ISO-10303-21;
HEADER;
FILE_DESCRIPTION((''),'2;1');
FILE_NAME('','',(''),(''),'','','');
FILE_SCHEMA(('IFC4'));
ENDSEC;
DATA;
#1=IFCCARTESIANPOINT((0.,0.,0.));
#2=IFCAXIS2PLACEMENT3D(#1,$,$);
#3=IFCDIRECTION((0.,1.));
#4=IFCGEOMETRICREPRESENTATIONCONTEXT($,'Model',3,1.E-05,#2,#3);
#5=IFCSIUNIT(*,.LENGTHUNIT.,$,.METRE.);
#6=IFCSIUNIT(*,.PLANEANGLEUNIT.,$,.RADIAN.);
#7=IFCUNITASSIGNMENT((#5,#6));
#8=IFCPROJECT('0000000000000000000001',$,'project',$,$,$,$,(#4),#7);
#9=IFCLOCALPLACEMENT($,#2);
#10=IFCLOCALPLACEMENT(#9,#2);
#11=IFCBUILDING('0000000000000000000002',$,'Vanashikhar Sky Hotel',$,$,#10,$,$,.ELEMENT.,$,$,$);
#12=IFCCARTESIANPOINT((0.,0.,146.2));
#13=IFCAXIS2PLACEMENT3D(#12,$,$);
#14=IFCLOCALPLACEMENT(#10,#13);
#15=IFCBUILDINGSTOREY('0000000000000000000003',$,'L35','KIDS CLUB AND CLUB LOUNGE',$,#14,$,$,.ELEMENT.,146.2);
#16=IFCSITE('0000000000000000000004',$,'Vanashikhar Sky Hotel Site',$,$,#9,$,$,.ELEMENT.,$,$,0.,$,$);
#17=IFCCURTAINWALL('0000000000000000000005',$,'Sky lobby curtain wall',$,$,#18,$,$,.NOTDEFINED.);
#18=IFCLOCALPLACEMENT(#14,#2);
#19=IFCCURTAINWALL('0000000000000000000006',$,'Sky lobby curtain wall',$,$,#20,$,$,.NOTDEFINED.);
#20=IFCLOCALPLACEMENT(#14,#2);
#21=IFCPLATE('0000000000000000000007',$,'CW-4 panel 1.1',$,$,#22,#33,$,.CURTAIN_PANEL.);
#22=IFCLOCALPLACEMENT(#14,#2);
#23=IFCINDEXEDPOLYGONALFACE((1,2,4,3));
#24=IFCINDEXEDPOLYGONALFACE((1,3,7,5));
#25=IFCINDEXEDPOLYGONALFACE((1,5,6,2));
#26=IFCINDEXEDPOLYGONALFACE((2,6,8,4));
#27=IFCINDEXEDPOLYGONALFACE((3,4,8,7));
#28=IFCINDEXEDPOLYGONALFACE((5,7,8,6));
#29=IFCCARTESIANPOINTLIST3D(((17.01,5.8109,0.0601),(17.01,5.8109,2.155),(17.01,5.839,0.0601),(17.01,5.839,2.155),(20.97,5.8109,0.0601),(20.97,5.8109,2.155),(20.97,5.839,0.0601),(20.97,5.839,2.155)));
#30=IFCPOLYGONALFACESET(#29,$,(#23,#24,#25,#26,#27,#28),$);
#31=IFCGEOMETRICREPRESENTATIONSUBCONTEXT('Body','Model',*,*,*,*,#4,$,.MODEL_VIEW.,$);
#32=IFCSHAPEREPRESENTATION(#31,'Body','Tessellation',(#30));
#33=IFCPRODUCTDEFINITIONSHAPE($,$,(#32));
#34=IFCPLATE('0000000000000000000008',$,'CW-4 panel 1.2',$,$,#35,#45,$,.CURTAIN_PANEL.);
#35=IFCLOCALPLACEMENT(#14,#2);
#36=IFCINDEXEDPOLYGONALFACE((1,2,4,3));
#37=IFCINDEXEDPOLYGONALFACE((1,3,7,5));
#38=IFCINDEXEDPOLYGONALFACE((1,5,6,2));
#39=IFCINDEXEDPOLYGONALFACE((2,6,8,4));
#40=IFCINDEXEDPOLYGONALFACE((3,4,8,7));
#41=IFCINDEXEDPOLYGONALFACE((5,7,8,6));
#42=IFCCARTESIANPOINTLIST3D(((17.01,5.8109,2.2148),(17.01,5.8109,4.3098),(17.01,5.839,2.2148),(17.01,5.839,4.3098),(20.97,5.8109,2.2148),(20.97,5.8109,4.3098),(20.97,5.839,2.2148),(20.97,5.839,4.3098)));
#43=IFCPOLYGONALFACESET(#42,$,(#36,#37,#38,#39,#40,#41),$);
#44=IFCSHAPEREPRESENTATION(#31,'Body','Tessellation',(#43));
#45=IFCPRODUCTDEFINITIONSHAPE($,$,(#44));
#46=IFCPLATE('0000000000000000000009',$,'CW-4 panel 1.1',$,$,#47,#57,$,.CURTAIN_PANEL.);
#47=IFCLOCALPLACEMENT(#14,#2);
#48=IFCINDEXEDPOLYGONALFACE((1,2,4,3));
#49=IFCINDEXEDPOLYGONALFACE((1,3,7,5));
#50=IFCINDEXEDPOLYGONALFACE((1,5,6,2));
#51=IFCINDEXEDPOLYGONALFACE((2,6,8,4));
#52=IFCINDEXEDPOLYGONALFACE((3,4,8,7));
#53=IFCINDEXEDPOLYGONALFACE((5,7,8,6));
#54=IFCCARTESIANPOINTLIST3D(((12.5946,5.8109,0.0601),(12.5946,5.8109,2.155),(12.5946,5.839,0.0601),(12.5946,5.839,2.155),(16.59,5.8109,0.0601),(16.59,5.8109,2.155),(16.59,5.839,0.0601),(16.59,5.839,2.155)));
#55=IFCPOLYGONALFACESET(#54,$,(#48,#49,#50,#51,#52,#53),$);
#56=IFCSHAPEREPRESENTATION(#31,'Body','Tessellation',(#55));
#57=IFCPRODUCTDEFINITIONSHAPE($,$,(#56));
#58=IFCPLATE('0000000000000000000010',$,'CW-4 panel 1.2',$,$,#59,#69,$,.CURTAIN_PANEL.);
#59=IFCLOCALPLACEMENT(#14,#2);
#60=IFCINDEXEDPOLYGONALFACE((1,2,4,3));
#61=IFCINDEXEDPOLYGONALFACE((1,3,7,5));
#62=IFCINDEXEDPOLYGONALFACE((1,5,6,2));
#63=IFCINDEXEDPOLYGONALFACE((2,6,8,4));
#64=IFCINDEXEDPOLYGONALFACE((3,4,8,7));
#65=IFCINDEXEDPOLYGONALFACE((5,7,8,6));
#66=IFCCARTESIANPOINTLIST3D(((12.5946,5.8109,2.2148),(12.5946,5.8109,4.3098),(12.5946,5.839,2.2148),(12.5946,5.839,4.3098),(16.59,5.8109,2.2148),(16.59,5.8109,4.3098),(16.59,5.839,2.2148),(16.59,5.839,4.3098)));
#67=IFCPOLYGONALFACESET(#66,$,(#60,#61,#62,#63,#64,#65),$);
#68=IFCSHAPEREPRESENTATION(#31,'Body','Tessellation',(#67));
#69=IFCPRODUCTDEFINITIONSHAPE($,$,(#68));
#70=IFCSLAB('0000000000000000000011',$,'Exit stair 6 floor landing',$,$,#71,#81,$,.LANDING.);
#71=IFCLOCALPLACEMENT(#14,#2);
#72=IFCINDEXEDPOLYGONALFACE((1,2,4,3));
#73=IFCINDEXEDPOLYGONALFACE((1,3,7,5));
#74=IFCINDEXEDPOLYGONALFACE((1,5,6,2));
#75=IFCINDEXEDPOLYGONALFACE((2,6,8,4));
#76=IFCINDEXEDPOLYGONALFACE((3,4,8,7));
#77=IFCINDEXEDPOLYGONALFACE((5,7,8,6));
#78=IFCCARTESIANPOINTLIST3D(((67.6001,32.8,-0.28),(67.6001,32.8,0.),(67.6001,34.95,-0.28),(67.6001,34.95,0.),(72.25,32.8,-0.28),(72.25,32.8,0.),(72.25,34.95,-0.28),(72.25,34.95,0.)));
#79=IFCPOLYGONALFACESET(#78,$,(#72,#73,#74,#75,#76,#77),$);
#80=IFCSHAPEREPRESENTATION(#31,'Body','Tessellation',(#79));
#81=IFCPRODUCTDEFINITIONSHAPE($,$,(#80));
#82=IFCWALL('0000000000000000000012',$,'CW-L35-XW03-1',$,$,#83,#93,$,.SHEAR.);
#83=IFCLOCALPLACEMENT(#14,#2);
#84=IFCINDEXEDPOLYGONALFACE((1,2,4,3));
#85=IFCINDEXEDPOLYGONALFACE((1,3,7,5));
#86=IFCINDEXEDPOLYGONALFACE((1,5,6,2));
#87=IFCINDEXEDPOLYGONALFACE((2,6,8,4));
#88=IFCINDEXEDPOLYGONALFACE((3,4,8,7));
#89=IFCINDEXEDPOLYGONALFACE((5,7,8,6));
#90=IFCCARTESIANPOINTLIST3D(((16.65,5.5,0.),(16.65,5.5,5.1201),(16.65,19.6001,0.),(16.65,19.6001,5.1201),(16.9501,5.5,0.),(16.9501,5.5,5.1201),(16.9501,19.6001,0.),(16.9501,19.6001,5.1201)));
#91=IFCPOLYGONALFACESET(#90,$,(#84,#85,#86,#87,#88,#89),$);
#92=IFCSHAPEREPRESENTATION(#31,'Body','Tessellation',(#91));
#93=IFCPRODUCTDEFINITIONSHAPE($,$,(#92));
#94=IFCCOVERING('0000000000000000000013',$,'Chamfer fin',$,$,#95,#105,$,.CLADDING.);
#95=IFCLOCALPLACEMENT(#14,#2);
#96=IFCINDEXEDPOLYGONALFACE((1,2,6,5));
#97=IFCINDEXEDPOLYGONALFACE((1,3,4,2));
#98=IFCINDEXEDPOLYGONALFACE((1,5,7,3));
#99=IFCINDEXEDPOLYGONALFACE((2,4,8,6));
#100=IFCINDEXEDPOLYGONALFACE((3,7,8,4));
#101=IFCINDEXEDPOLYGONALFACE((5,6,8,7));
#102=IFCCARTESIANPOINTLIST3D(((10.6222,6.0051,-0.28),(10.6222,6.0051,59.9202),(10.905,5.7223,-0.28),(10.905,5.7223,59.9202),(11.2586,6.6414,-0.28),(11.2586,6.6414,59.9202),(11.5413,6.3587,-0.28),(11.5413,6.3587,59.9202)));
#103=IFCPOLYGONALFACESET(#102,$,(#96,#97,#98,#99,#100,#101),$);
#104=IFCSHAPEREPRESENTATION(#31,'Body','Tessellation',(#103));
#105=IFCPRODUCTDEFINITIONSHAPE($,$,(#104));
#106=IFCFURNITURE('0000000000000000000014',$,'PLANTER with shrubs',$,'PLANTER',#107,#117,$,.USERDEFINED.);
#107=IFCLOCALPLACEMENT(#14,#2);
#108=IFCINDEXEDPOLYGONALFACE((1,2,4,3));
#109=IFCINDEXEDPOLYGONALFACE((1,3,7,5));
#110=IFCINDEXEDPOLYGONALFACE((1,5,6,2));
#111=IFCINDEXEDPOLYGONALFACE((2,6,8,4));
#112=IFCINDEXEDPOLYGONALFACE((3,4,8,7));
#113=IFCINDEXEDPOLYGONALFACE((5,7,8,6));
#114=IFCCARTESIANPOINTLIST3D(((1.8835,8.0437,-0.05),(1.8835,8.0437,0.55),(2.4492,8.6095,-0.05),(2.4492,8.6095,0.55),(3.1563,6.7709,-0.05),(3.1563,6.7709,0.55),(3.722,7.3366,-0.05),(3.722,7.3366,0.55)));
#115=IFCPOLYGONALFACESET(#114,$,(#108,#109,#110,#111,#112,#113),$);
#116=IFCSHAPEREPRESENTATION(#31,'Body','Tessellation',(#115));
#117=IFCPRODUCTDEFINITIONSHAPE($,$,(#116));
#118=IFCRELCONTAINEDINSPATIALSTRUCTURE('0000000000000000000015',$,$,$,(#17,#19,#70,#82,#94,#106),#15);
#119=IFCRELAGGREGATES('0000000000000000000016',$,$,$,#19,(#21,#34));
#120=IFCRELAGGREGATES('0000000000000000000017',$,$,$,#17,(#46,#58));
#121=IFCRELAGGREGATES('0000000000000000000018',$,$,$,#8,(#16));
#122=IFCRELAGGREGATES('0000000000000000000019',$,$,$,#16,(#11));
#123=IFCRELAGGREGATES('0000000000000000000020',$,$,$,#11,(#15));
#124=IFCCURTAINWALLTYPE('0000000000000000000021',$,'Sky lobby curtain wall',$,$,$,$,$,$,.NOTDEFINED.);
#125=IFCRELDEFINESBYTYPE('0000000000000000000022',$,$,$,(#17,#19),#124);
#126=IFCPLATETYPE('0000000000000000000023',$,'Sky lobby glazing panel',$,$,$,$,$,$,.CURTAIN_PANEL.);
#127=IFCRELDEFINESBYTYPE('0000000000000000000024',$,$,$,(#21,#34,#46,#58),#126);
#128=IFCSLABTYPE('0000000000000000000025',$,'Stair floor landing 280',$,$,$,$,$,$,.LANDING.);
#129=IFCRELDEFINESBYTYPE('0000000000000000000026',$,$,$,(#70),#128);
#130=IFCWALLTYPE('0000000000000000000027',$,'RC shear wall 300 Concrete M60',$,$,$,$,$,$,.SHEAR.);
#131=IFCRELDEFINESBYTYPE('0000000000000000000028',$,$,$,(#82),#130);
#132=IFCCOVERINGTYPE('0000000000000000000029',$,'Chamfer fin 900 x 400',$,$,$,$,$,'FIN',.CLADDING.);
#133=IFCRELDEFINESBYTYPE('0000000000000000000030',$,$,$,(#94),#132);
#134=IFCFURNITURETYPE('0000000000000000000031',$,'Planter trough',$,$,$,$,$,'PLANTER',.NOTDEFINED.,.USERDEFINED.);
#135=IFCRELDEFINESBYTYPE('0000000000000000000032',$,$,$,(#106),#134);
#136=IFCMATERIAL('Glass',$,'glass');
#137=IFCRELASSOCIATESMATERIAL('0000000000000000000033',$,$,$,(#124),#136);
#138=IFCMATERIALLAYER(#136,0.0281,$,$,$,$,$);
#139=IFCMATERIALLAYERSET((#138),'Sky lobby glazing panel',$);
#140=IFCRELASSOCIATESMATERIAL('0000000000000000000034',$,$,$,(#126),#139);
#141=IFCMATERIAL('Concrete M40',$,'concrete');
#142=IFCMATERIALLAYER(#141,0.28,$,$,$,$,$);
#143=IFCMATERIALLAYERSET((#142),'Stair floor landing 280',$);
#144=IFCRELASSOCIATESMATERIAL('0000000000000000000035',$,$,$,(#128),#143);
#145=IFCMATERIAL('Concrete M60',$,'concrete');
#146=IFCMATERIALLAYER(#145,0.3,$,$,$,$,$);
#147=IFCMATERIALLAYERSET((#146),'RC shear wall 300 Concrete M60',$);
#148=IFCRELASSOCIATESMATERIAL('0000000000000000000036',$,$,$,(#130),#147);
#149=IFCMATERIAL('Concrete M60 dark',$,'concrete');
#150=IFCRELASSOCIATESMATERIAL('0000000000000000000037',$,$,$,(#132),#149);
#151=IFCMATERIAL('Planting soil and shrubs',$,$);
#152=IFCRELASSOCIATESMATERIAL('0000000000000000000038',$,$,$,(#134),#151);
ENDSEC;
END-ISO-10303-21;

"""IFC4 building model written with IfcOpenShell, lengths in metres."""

from ifc_helpers import new_model, si_unit, direction, frame, frame_2d, origin, origin_2d, place, context, subcontext, project, spatial, polyline, rectangle, outline, extrude, source, transform, mapped, material, layer, layer_set, material_profile, profile_set, type_object, element, aggregate, save


model = new_model("IFC4")

# Units and contexts
model_context = context("Model", 3, precision=1e-05, world=origin(), true_north=direction((0.0, 1.0)))
body_context = subcontext(model_context, "Body", "Model", "MODEL_VIEW")
ifc_project = project(units=[si_unit("LENGTHUNIT", "METRE"), si_unit("PLANEANGLEUNIT", "RADIAN")], contexts=[model_context])

# Site, building, storey
site_placement = place(None, origin())
site = spatial("IfcSite", under=ifc_project, at=site_placement, Name="Vanashikhar Sky Hotel Site", CompositionType="ELEMENT", RefElevation=0.0)
building_placement = place(site_placement, origin())
building = spatial("IfcBuilding", under=site, at=building_placement, Name="Vanashikhar Sky Hotel", CompositionType="ELEMENT")
storey_placement = place(building_placement, frame((0.0, 0.0, 146.2)))
storey = spatial("IfcBuildingStorey", under=building, at=storey_placement, Name="L35", Description="KIDS CLUB AND CLUB LOUNGE", CompositionType="ELEMENT", Elevation=146.2)

# Curtain walls
ifc_material_1 = material(Name="Glass", Category="glass")
curtain_wall_type = type_object("IfcCurtainWallType", Name="Sky lobby curtain wall", PredefinedType="NOTDEFINED", material=ifc_material_1)
curtain_wall_1_placement = place(storey_placement, origin())
curtain_wall_1 = element("IfcCurtainWall", 1, at=curtain_wall_1_placement, inside=storey, type_object=curtain_wall_type, Name="Sky lobby curtain wall", PredefinedType="NOTDEFINED")
curtain_wall_2_placement = place(storey_placement, origin())
curtain_wall_2 = element("IfcCurtainWall", 2, at=curtain_wall_2_placement, inside=storey, type_object=curtain_wall_type, Name="Sky lobby curtain wall", PredefinedType="NOTDEFINED")

# Plates
ifc_layer_1 = layer(ifc_material_1, 0.0281)
ifc_layer_set_1 = layer_set([ifc_layer_1], Name="Sky lobby glazing panel")
plate_type = type_object("IfcPlateType", Name="Sky lobby glazing panel", PredefinedType="CURTAIN_PANEL", material=ifc_layer_set_1)
shared_shape_1 = source(origin(), body_context, "Body", "SweptSolid", [
    extrude(rectangle(XDim=3.96, YDim=0.0281, at=origin_2d()), origin(), (0.0, 0.0, 1.0), 2.095),
])
plate_1_placement = place(storey_placement, frame((18.99, 5.825, 0.0601), z_axis=(0.0, 0.0, 1.0), x_axis=(1.0, 0.0, 0.0)))
plate_1 = element("IfcPlate", 3, at=plate_1_placement, type_object=plate_type, Name="CW-4 panel 1.1", PredefinedType="CURTAIN_PANEL", context=body_context, shape_type="MappedRepresentation", body=[
    mapped(shared_shape_1, transform((0.0, 0.0, 0.0), scale=1.0)),
])
plate_2_placement = place(storey_placement, frame((18.99, 5.825, 2.2148), z_axis=(0.0, 0.0, 1.0), x_axis=(1.0, 0.0, 0.0)))
plate_2 = element("IfcPlate", 4, at=plate_2_placement, type_object=plate_type, Name="CW-4 panel 1.2", PredefinedType="CURTAIN_PANEL", context=body_context, shape_type="MappedRepresentation", body=[
    mapped(shared_shape_1, transform((0.0, 0.0, 0.0), scale=1.0)),
])
aggregate(curtain_wall_2, [plate_1, plate_2])
shared_shape_2 = source(origin(), body_context, "Body", "SweptSolid", [
    extrude(rectangle(XDim=3.9954, YDim=0.0281, at=origin_2d()), origin(), (0.0, 0.0, 1.0), 2.095),
])
plate_3_placement = place(storey_placement, frame((14.5923, 5.825, 0.0601), z_axis=(0.0, 0.0, 1.0), x_axis=(1.0, 0.0, 0.0)))
plate_3 = element("IfcPlate", 5, at=plate_3_placement, type_object=plate_type, Name="CW-4 panel 1.1", PredefinedType="CURTAIN_PANEL", context=body_context, shape_type="MappedRepresentation", body=[
    mapped(shared_shape_2, transform((0.0, 0.0, 0.0), scale=1.0)),
])
plate_4_placement = place(storey_placement, frame((14.5923, 5.825, 2.2148), z_axis=(0.0, 0.0, 1.0), x_axis=(1.0, 0.0, 0.0)))
plate_4 = element("IfcPlate", 6, at=plate_4_placement, type_object=plate_type, Name="CW-4 panel 1.2", PredefinedType="CURTAIN_PANEL", context=body_context, shape_type="MappedRepresentation", body=[
    mapped(shared_shape_2, transform((0.0, 0.0, 0.0), scale=1.0)),
])
aggregate(curtain_wall_1, [plate_3, plate_4])

# Slab
ifc_material_2 = material(Name="Concrete M40", Category="concrete")
ifc_layer_2 = layer(ifc_material_2, 0.28)
ifc_layer_set_2 = layer_set([ifc_layer_2], Name="Stair floor landing 280")
slab_type = type_object("IfcSlabType", Name="Stair floor landing 280", PredefinedType="LANDING", material=ifc_layer_set_2)
shared_shape_3 = source(origin(), body_context, "Body", "SweptSolid", [
    extrude(outline(polyline([(72.25, 32.8), (72.25, 34.95), (67.6001, 34.95), (67.6001, 32.8), (72.25, 32.8)])), origin(), (0.0, 0.0, 1.0), 0.28),
])
slab_placement = place(storey_placement, frame((0.0, 0.0, -0.28)))
element("IfcSlab", 7, at=slab_placement, inside=storey, type_object=slab_type, Name="Exit stair 6 floor landing", PredefinedType="LANDING", context=body_context, shape_type="MappedRepresentation", body=[
    mapped(shared_shape_3, transform((0.0, 0.0, 0.0), scale=1.0)),
])

# Wall
ifc_material_3 = material(Name="Concrete M60", Category="concrete")
ifc_layer_3 = layer(ifc_material_3, 0.3)
ifc_layer_set_3 = layer_set([ifc_layer_3], Name="RC shear wall 300 Concrete M60")
wall_type = type_object("IfcWallType", Name="RC shear wall 300 Concrete M60", PredefinedType="SHEAR", material=ifc_layer_set_3)
shared_shape_4 = source(origin(), body_context, "Body", "SweptSolid", [
    extrude(rectangle(XDim=14.1001, YDim=0.3, at=frame_2d((7.05, 0.0))), origin(), (0.0, 0.0, 1.0), 5.1201),
])
wall_placement = place(storey_placement, frame((16.8, 5.5, 0.0), z_axis=(0.0, 0.0, 1.0), x_axis=(0.0, 1.0, 0.0)))
element("IfcWall", 8, at=wall_placement, inside=storey, type_object=wall_type, Name="CW-L35-XW03-1", PredefinedType="SHEAR", context=body_context, shape_type="MappedRepresentation", body=[
    mapped(shared_shape_4, transform((0.0, 0.0, 0.0), scale=1.0)),
])

# Covering
ifc_material_4 = material(Name="Concrete M60 dark", Category="concrete")
ifc_material_profile_1 = material_profile(ifc_material_4, rectangle(XDim=0.8999, YDim=0.3999, at=origin_2d()))
ifc_profile_set_1 = profile_set([ifc_material_profile_1], Name="Chamfer fin 900 x 400")
covering_type = type_object("IfcCoveringType", Name="Chamfer fin 900 x 400", ElementType="FIN", PredefinedType="CLADDING", material=ifc_profile_set_1)
shared_shape_5 = source(origin(), body_context, "Body", "SweptSolid", [
    extrude(rectangle(XDim=0.8999, YDim=0.3999, at=origin_2d()), origin(), (0.0, 0.0, 1.0), 60.2002),
])
covering_placement = place(storey_placement, frame((11.0818, 6.1819, -0.28), z_axis=(0.0, 0.0, 1.0), x_axis=(-0.707107, -0.707107, 0.0)))
element("IfcCovering", 9, at=covering_placement, inside=storey, type_object=covering_type, Name="Chamfer fin", PredefinedType="CLADDING", context=body_context, shape_type="MappedRepresentation", body=[
    mapped(shared_shape_5, transform((0.0, 0.0, 0.0), scale=1.0)),
])

# Furniture
ifc_material_5 = material(Name="Planting soil and shrubs")
furniture_type = type_object("IfcFurnitureType", Name="Planter trough", ElementType="PLANTER", AssemblyPlace="NOTDEFINED", PredefinedType="USERDEFINED", material=ifc_material_5)
shared_shape_6 = source(origin(), body_context, "Body", "SweptSolid", [
    extrude(rectangle(XDim=1.8, YDim=0.8, at=origin_2d()), origin(), (0.0, 0.0, 1.0), 0.6001),
])
furniture_placement = place(storey_placement, frame((2.8027, 7.6902, -0.05), z_axis=(0.0, 0.0, 1.0), x_axis=(-0.707107, 0.707107, 0.0)))
element("IfcFurniture", 10, at=furniture_placement, inside=storey, type_object=furniture_type, Name="PLANTER with shrubs", ObjectType="PLANTER", PredefinedType="USERDEFINED", context=body_context, shape_type="MappedRepresentation", body=[
    mapped(shared_shape_6, transform((0.0, 0.0, 0.0), scale=1.0)),
])

save(model, "model.ifc")
